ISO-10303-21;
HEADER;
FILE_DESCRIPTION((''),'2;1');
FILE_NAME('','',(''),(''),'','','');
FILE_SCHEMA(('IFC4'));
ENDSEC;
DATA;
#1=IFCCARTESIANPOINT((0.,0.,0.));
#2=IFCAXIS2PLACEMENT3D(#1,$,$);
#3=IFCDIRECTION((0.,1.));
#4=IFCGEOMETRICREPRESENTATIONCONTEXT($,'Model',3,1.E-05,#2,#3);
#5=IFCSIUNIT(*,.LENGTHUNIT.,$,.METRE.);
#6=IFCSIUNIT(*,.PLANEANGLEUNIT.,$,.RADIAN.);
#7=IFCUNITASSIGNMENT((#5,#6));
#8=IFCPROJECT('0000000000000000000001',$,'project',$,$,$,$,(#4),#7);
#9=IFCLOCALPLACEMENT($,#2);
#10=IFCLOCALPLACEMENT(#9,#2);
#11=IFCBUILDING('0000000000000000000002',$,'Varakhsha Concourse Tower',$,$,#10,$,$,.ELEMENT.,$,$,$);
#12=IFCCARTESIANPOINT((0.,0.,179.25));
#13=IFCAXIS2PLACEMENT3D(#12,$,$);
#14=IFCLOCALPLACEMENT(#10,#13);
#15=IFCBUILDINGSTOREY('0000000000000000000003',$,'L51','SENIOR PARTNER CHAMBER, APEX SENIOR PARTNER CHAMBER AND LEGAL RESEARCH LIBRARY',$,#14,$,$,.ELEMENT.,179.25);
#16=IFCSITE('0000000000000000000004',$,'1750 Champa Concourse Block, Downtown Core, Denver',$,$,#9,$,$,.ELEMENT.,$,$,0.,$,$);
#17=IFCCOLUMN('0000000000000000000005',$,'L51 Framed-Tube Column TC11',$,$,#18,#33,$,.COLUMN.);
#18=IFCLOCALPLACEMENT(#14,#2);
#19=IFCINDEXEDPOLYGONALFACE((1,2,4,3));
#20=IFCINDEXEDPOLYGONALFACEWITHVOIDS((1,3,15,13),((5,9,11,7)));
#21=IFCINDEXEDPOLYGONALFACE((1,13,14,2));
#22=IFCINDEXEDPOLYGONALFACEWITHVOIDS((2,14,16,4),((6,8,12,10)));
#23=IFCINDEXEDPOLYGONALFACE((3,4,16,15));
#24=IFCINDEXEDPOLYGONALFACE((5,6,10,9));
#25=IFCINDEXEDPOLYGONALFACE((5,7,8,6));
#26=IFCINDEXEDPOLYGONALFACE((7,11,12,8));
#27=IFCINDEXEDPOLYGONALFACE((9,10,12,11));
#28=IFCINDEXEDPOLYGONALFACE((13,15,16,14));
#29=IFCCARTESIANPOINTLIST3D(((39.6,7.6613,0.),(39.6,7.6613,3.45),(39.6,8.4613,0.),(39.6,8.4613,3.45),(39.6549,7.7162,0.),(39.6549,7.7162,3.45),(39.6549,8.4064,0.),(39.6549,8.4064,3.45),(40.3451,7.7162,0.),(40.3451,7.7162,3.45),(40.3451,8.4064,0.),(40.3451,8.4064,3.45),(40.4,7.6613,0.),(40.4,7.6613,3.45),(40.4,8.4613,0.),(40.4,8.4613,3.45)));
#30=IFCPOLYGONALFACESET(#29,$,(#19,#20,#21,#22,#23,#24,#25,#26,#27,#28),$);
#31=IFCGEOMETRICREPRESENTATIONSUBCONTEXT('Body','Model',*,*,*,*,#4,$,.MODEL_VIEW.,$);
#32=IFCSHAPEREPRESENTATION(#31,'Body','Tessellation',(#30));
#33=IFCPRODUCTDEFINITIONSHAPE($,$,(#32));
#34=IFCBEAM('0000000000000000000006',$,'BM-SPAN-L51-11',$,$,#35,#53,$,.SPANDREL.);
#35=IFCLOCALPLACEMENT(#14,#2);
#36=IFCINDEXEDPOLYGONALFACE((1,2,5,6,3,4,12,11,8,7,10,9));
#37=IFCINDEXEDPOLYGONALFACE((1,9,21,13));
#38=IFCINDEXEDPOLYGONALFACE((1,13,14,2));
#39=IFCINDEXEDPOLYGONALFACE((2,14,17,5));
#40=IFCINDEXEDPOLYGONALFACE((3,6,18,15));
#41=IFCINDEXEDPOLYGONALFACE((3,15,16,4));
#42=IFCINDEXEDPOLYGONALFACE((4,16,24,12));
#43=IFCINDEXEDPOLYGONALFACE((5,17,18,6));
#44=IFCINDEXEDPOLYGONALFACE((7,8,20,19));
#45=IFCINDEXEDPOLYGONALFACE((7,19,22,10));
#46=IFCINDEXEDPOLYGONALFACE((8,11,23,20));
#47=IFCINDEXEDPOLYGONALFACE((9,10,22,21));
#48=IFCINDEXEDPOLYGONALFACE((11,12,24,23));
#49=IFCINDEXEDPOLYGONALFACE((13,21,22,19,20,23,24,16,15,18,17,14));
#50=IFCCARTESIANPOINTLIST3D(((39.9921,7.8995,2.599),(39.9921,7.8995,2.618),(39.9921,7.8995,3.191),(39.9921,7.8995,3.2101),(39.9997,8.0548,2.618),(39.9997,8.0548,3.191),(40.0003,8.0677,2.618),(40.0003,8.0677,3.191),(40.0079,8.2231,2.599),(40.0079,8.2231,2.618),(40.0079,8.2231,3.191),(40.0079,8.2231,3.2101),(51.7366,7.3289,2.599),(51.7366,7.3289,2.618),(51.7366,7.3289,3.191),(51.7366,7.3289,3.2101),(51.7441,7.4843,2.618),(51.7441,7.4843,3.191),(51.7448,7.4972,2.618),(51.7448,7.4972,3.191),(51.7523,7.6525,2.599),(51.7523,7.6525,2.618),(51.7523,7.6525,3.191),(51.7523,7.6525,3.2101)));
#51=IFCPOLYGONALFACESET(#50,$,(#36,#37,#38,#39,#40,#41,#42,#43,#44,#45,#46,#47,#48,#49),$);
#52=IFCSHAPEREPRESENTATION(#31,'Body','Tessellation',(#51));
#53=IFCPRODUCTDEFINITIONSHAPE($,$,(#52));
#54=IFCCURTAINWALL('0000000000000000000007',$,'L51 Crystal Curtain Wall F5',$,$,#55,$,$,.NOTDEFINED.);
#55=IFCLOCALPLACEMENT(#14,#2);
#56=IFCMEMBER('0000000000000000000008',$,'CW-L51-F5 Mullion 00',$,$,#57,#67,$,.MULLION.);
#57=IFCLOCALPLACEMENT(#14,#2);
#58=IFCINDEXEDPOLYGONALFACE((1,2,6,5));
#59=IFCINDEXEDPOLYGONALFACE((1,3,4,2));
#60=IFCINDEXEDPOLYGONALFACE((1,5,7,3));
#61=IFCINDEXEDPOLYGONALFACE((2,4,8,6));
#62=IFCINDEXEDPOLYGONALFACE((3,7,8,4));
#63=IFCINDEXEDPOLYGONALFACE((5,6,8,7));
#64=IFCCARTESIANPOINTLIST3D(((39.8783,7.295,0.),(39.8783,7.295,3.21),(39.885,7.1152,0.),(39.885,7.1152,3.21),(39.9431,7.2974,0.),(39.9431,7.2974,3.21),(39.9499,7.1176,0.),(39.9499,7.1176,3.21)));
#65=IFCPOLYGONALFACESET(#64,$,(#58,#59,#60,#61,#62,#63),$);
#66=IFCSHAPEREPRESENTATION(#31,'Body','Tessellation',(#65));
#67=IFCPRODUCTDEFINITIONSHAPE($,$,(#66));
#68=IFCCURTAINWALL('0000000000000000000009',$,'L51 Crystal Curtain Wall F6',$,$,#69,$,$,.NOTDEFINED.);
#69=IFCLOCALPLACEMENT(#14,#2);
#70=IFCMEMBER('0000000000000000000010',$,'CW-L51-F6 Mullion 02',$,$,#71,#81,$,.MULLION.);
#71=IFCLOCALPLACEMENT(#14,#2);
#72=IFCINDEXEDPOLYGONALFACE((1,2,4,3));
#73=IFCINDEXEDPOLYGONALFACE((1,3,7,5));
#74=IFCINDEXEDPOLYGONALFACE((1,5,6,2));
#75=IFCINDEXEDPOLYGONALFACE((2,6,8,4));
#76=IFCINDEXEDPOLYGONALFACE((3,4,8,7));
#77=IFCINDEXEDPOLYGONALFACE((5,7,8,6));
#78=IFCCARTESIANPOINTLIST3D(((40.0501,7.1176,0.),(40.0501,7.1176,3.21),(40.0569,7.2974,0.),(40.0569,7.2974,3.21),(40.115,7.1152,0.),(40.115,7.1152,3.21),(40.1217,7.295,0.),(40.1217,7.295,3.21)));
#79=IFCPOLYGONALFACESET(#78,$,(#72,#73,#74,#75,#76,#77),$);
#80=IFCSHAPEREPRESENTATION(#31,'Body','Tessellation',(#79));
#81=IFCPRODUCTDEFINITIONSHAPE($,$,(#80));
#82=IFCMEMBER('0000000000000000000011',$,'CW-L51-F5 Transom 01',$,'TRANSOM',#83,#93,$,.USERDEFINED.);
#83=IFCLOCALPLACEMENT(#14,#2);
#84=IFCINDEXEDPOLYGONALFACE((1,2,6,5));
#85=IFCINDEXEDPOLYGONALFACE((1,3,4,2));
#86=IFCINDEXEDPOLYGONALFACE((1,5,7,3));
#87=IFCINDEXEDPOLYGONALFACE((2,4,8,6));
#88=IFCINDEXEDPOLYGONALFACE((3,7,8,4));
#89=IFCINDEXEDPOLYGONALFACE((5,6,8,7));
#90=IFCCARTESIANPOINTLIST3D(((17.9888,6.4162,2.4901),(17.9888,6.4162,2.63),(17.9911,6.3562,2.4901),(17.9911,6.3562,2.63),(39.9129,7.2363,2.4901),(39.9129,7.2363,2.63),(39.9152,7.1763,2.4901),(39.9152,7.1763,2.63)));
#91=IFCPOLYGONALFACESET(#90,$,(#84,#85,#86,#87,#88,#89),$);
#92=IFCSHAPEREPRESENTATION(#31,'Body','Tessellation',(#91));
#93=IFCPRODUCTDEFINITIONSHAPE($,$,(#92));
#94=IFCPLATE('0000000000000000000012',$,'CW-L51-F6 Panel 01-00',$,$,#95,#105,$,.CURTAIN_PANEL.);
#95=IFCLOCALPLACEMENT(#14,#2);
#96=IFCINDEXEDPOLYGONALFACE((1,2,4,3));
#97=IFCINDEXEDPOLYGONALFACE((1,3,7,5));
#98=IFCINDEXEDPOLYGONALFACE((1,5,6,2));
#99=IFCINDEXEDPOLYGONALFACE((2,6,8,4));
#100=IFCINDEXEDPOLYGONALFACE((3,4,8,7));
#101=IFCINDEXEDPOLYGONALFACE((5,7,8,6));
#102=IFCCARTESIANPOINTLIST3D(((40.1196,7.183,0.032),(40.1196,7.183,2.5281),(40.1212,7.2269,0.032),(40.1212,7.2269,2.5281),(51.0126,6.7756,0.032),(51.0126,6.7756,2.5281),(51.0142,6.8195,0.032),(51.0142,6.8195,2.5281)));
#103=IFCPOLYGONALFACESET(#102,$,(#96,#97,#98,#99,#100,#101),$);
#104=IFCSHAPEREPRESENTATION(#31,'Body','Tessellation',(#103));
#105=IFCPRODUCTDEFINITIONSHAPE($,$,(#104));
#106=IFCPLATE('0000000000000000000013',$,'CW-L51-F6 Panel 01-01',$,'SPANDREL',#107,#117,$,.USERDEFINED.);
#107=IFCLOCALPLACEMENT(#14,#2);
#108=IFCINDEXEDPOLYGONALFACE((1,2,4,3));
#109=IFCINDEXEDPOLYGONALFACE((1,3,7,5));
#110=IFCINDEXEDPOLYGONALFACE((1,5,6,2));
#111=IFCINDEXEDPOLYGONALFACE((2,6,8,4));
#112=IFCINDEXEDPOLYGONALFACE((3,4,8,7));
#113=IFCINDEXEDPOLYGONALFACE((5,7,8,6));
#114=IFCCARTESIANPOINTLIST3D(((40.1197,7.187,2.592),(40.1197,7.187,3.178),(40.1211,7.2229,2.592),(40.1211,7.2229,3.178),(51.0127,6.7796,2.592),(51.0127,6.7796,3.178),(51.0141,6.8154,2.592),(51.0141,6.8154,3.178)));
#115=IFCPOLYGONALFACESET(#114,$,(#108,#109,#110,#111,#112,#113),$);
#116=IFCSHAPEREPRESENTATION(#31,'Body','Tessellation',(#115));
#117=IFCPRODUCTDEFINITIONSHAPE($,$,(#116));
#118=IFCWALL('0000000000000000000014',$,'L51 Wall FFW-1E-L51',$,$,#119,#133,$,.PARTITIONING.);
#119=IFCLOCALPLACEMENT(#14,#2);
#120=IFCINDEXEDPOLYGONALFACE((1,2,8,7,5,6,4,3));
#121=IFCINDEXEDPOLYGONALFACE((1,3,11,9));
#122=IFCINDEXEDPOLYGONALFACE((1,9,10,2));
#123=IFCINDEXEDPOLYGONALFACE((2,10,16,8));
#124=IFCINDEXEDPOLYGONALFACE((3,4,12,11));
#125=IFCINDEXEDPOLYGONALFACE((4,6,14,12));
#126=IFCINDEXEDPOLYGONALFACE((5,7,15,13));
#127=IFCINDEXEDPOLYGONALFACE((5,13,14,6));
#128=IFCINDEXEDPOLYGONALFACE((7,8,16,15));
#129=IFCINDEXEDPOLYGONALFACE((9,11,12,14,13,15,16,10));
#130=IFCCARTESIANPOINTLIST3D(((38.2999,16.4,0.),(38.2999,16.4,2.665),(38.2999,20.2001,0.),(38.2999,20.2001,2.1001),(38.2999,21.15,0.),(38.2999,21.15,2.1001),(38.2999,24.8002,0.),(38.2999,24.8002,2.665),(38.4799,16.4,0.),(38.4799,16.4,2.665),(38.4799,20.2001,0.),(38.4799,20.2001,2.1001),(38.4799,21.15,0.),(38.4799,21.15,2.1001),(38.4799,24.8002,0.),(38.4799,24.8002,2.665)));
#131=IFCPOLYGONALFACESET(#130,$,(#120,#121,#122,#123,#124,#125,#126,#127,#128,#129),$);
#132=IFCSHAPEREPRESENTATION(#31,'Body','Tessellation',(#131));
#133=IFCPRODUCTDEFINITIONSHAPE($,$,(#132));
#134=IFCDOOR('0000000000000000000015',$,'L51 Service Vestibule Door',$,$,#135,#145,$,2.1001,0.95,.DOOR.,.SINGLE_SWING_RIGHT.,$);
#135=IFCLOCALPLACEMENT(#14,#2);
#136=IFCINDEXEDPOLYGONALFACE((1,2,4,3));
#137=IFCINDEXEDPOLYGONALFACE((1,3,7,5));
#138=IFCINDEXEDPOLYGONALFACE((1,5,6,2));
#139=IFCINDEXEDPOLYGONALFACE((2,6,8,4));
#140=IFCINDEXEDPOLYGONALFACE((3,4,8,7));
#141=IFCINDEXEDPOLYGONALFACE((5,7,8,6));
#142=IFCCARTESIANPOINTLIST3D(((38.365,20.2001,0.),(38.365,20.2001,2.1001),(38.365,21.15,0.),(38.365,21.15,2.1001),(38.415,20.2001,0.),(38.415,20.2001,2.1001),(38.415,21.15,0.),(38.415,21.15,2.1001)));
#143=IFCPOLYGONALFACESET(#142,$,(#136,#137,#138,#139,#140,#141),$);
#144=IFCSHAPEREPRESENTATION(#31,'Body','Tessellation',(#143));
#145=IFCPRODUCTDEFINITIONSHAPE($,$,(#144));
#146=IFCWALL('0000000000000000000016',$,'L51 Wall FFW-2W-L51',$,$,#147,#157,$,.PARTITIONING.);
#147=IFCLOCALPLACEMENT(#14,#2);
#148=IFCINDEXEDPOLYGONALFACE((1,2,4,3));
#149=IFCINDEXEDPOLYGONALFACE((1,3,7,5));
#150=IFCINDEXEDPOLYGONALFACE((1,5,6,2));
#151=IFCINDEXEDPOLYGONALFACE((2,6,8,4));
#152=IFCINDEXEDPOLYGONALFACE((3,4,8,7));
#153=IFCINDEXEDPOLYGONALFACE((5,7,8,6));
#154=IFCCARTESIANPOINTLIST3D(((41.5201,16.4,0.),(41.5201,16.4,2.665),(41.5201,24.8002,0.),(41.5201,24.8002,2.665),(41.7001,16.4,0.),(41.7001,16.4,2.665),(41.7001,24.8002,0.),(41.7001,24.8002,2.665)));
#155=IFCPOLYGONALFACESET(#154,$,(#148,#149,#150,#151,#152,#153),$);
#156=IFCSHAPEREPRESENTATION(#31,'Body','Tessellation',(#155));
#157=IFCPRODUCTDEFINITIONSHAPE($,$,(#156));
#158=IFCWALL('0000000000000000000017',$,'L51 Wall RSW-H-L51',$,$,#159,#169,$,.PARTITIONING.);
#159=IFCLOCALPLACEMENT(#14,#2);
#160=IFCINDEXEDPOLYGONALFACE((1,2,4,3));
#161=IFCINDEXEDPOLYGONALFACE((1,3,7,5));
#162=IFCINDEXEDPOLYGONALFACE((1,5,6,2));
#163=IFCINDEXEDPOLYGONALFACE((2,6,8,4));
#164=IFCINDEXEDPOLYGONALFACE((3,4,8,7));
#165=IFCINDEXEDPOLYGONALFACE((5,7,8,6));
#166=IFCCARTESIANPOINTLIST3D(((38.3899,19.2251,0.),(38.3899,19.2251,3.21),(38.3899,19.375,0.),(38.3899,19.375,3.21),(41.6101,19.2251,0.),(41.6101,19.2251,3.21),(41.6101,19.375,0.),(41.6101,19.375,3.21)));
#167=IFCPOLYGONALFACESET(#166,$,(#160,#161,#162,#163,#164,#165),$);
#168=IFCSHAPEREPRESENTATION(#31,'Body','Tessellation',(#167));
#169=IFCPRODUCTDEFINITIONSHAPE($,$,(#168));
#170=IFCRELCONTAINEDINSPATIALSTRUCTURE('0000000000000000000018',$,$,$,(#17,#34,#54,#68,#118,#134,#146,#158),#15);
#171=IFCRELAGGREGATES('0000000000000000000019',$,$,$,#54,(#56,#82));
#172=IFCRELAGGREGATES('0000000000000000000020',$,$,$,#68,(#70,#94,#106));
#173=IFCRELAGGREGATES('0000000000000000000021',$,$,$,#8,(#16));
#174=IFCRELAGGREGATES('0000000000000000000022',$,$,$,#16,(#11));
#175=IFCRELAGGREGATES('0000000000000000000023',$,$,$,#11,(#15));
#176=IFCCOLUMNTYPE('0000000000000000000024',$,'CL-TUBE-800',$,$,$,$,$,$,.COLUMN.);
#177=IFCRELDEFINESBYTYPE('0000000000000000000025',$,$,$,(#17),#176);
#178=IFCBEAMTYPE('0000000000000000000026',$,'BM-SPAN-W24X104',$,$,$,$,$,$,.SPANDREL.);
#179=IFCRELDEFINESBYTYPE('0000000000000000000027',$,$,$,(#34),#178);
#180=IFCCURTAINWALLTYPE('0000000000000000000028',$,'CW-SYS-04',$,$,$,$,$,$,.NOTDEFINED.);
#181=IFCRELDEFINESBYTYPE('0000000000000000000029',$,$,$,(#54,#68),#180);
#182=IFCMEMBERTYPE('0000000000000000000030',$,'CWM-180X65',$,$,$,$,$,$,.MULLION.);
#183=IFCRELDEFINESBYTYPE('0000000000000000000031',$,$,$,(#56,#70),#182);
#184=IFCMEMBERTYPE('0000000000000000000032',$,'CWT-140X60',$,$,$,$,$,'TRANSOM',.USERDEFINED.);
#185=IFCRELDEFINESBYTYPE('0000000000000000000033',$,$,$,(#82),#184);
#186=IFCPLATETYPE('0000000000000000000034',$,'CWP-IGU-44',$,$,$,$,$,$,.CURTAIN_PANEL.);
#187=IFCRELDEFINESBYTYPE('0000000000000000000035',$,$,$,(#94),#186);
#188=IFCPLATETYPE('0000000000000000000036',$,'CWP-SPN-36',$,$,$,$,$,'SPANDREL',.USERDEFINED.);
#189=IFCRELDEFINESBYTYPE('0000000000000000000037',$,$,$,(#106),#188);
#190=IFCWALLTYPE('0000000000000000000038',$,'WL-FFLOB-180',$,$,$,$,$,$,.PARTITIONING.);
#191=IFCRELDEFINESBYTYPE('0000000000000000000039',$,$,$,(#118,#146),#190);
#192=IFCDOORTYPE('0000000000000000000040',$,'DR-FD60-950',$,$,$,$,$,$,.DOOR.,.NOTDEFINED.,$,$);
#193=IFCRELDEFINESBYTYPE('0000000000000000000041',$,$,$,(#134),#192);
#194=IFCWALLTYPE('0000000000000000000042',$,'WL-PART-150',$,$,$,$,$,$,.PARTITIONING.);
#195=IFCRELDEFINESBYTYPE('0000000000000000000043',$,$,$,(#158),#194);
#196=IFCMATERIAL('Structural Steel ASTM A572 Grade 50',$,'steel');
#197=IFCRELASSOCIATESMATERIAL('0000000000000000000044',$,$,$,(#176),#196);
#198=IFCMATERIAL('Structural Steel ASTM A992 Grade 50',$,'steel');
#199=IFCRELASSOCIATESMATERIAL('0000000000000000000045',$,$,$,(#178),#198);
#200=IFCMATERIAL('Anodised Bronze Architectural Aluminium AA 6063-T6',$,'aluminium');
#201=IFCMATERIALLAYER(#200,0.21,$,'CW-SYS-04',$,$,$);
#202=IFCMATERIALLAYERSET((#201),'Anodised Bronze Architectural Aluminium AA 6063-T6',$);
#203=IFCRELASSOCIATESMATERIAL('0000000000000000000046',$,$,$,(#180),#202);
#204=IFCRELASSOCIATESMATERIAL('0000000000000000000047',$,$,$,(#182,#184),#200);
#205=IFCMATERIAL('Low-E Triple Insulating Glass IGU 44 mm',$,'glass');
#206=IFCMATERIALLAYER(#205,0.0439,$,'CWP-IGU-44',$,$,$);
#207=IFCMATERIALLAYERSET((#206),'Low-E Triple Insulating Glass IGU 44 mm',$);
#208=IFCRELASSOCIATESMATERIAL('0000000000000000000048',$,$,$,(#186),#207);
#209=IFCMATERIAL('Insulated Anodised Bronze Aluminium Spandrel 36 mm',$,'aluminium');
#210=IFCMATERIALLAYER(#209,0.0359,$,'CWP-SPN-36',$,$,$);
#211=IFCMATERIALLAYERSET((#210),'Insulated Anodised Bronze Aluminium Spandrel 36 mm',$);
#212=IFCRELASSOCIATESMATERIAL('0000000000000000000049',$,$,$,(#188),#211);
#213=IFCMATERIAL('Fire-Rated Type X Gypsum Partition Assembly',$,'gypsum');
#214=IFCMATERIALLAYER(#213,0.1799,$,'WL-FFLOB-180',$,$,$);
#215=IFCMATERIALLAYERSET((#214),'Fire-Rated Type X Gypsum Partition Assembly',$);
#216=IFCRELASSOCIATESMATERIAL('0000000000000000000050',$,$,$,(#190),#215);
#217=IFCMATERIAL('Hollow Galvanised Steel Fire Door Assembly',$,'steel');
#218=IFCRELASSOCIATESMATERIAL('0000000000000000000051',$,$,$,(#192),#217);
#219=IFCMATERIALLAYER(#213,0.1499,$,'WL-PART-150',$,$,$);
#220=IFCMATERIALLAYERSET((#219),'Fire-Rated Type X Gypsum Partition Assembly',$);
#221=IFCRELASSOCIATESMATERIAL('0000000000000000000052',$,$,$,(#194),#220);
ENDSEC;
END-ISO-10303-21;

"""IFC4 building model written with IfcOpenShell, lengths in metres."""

from ifc_helpers import new_model, si_unit, direction, frame, frame_2d, origin, origin_2d, place, context, subcontext, project, spatial, rectangle, hollow_rectangle, i_section, extrude, source, transform, mapped, material, layer, layer_set, material_profile, profile_set, type_object, type_shapes, element, fill, aggregate, save


model = new_model("IFC4")

# Units and contexts
model_context = context("Model", 3, precision=1e-05, world=origin(), true_north=direction((0.0, 1.0)))
body_context = subcontext(model_context, "Body", "Model", "MODEL_VIEW")
ifc_project = project(units=[si_unit("LENGTHUNIT", "METRE"), si_unit("PLANEANGLEUNIT", "RADIAN")], contexts=[model_context])

# Site, building, storey
site_placement = place(None, origin())
site = spatial("IfcSite", under=ifc_project, at=site_placement, Name="1750 Champa Concourse Block, Downtown Core, Denver", CompositionType="ELEMENT", RefElevation=0.0)
building_placement = place(site_placement, origin())
building = spatial("IfcBuilding", under=site, at=building_placement, Name="Varakhsha Concourse Tower", CompositionType="ELEMENT")
storey_placement = place(building_placement, frame((0.0, 0.0, 179.25)))
storey = spatial("IfcBuildingStorey", under=building, at=storey_placement, Name="L51", Description="SENIOR PARTNER CHAMBER, APEX SENIOR PARTNER CHAMBER AND LEGAL RESEARCH LIBRARY", CompositionType="ELEMENT", Elevation=179.25)

# Column
ifc_material_1 = material(Name="Structural Steel ASTM A572 Grade 50", Category="steel")
ifc_material_profile_1 = material_profile(ifc_material_1, hollow_rectangle(XDim=0.8, YDim=0.8, WallThickness=0.0549, at=origin_2d()), Name="BOX 800x800x55")
ifc_profile_set_1 = profile_set([ifc_material_profile_1], Name="Structural Steel ASTM A572 Grade 50")
column_type = type_object("IfcColumnType", Name="CL-TUBE-800", PredefinedType="COLUMN", material=ifc_profile_set_1)
column_placement = place(storey_placement, frame((40.0, 8.0613, 0.0), z_axis=(0.0, 0.0, 1.0), x_axis=(1.0, 0.0, 0.0)))
element("IfcColumn", 1, at=column_placement, inside=storey, type_object=column_type, Name="L51 Framed-Tube Column TC11", PredefinedType="COLUMN", context=body_context, shape_type="SweptSolid", body=[
    extrude(hollow_rectangle(XDim=0.8, YDim=0.8, WallThickness=0.0549, at=origin_2d()), origin(), (0.0, 0.0, 1.0), 3.45),
])

# Beam
ifc_material_2 = material(Name="Structural Steel ASTM A992 Grade 50", Category="steel")
ifc_material_profile_2 = material_profile(ifc_material_2, i_section(OverallWidth=0.324, OverallDepth=0.6111, WebThickness=0.0129, FlangeThickness=0.019, at=origin_2d()), Name="W24X104")
ifc_profile_set_2 = profile_set([ifc_material_profile_2], Name="Structural Steel ASTM A992 Grade 50")
beam_type = type_object("IfcBeamType", Name="BM-SPAN-W24X104", PredefinedType="SPANDREL", material=ifc_profile_set_2)
beam_placement = place(storey_placement, frame((40.0, 8.0613, 2.9045), z_axis=(0.998822, -0.048524, 0.0), x_axis=(0.048524, 0.998822, 0.0)))
element("IfcBeam", 2, at=beam_placement, inside=storey, type_object=beam_type, Name="BM-SPAN-L51-11", PredefinedType="SPANDREL", context=body_context, shape_type="SweptSolid", body=[
    extrude(i_section(OverallWidth=0.324, OverallDepth=0.6111, WebThickness=0.0129, FlangeThickness=0.019, at=origin_2d()), origin(), (0.0, 0.0, 1.0), 11.7583),
])

# Curtain walls, members
ifc_material_3 = material(Name="Anodised Bronze Architectural Aluminium AA 6063-T6", Category="aluminium")
ifc_layer_1 = layer(ifc_material_3, 0.21, Name="CW-SYS-04")
ifc_layer_set_1 = layer_set([ifc_layer_1], Name="Anodised Bronze Architectural Aluminium AA 6063-T6")
curtain_wall_type = type_object("IfcCurtainWallType", Name="CW-SYS-04", PredefinedType="NOTDEFINED", material=ifc_layer_set_1)
curtain_wall_1_placement = place(storey_placement, origin())
curtain_wall_1 = element("IfcCurtainWall", 3, at=curtain_wall_1_placement, inside=storey, type_object=curtain_wall_type, Name="L51 Crystal Curtain Wall F5", PredefinedType="NOTDEFINED")
ifc_material_profile_3 = material_profile(ifc_material_3, rectangle(XDim=0.0649, YDim=0.1799, at=origin_2d()), Name="CWM-180X65")
ifc_profile_set_3 = profile_set([ifc_material_profile_3], Name="Anodised Bronze Architectural Aluminium AA 6063-T6")
member_type_1 = type_object("IfcMemberType", Name="CWM-180X65", PredefinedType="MULLION", material=ifc_profile_set_3)
shared_shape_1 = source(origin(), body_context, "Body", "SweptSolid", [
    extrude(rectangle(XDim=0.0649, YDim=0.1799, at=origin_2d()), origin(), (0.0, 0.0, 1.0), 3.21),
])
type_shapes(member_type_1, [shared_shape_1])
member_1_placement = place(storey_placement, frame((39.9141, 7.2063, 0.0), z_axis=(0.0, 0.0, 1.0), x_axis=(-0.999301, -0.037376, 0.0)))
member_1 = element("IfcMember", 4, at=member_1_placement, type_object=member_type_1, Name="CW-L51-F5 Mullion 00", PredefinedType="MULLION", context=body_context, shape_type="MappedRepresentation", body=[
    mapped(shared_shape_1, transform((0.0, 0.0, 0.0), scale=1.0)),
])
curtain_wall_2_placement = place(storey_placement, origin())
curtain_wall_2 = element("IfcCurtainWall", 5, at=curtain_wall_2_placement, inside=storey, type_object=curtain_wall_type, Name="L51 Crystal Curtain Wall F6", PredefinedType="NOTDEFINED")
member_2_placement = place(storey_placement, frame((40.0859, 7.2063, 0.0), z_axis=(0.0, 0.0, 1.0), x_axis=(-0.999301, 0.037376, 0.0)))
member_2 = element("IfcMember", 6, at=member_2_placement, type_object=member_type_1, Name="CW-L51-F6 Mullion 02", PredefinedType="MULLION", context=body_context, shape_type="MappedRepresentation", body=[
    mapped(shared_shape_1, transform((0.0, 0.0, 0.0), scale=1.0)),
])

# Member
ifc_material_profile_4 = material_profile(ifc_material_3, rectangle(XDim=0.0601, YDim=0.1399, at=origin_2d()), Name="CWT-140X60")
ifc_profile_set_4 = profile_set([ifc_material_profile_4], Name="Anodised Bronze Architectural Aluminium AA 6063-T6")
member_type_2 = type_object("IfcMemberType", Name="CWT-140X60", ElementType="TRANSOM", PredefinedType="USERDEFINED", material=ifc_profile_set_4)
shared_shape_2 = source(origin(), body_context, "Body", "SweptSolid", [
    extrude(rectangle(XDim=0.0601, YDim=0.1399, at=origin_2d()), origin(), (0.0, 0.0, 1.0), 21.9395),
])
type_shapes(member_type_2, [shared_shape_2])
member_3_placement = place(storey_placement, frame((39.9141, 7.2063, 2.5601), z_axis=(-0.999301, -0.037379, 0.0), x_axis=(0.037379, -0.999301, 0.0)))
member_3 = element("IfcMember", 7, at=member_3_placement, type_object=member_type_2, Name="CW-L51-F5 Transom 01", ObjectType="TRANSOM", PredefinedType="USERDEFINED", context=body_context, shape_type="MappedRepresentation", body=[
    mapped(shared_shape_2, transform((0.0, 0.0, 0.0), scale=1.0)),
])
aggregate(curtain_wall_1, [member_1, member_3])

# Plates
ifc_material_4 = material(Name="Low-E Triple Insulating Glass IGU 44 mm", Category="glass")
ifc_layer_2 = layer(ifc_material_4, 0.0439, Name="CWP-IGU-44")
ifc_layer_set_2 = layer_set([ifc_layer_2], Name="Low-E Triple Insulating Glass IGU 44 mm")
plate_type_1 = type_object("IfcPlateType", Name="CWP-IGU-44", PredefinedType="CURTAIN_PANEL", material=ifc_layer_set_2)
shared_shape_3 = source(origin(), body_context, "Body", "SweptSolid", [
    extrude(rectangle(XDim=10.9006, YDim=0.0439, at=origin_2d()), origin(), (0.0, 0.0, 1.0), 2.4961),
])
type_shapes(plate_type_1, [shared_shape_3])
plate_1_placement = place(storey_placement, frame((45.5669, 7.0012, 0.032), z_axis=(0.0, 0.0, 1.0), x_axis=(-0.999301, 0.037376, 0.0)))
plate_1 = element("IfcPlate", 8, at=plate_1_placement, type_object=plate_type_1, Name="CW-L51-F6 Panel 01-00", PredefinedType="CURTAIN_PANEL", context=body_context, shape_type="MappedRepresentation", body=[
    mapped(shared_shape_3, transform((0.0, 0.0, 0.0), scale=1.0)),
])
ifc_material_5 = material(Name="Insulated Anodised Bronze Aluminium Spandrel 36 mm", Category="aluminium")
ifc_layer_3 = layer(ifc_material_5, 0.0359, Name="CWP-SPN-36")
ifc_layer_set_3 = layer_set([ifc_layer_3], Name="Insulated Anodised Bronze Aluminium Spandrel 36 mm")
plate_type_2 = type_object("IfcPlateType", Name="CWP-SPN-36", ElementType="SPANDREL", PredefinedType="USERDEFINED", material=ifc_layer_set_3)
shared_shape_4 = source(origin(), body_context, "Body", "SweptSolid", [
    extrude(rectangle(XDim=10.9006, YDim=0.0359, at=origin_2d()), origin(), (0.0, 0.0, 1.0), 0.5859),
])
type_shapes(plate_type_2, [shared_shape_4])
plate_2_placement = place(storey_placement, frame((45.5669, 7.0012, 2.592), z_axis=(0.0, 0.0, 1.0), x_axis=(-0.999301, 0.037376, 0.0)))
plate_2 = element("IfcPlate", 9, at=plate_2_placement, type_object=plate_type_2, Name="CW-L51-F6 Panel 01-01", ObjectType="SPANDREL", PredefinedType="USERDEFINED", context=body_context, shape_type="MappedRepresentation", body=[
    mapped(shared_shape_4, transform((0.0, 0.0, 0.0), scale=1.0)),
])
aggregate(curtain_wall_2, [member_2, plate_1, plate_2])

# Wall, opening, door
ifc_material_6 = material(Name="Fire-Rated Type X Gypsum Partition Assembly", Category="gypsum")
ifc_layer_4 = layer(ifc_material_6, 0.1799, Name="WL-FFLOB-180")
ifc_layer_set_4 = layer_set([ifc_layer_4], Name="Fire-Rated Type X Gypsum Partition Assembly")
wall_type_1 = type_object("IfcWallType", Name="WL-FFLOB-180", PredefinedType="PARTITIONING", material=ifc_layer_set_4)
wall_1_placement = place(storey_placement, frame((38.3899, 16.3999, 0.0), z_axis=(0.0, 0.0, 1.0), x_axis=(0.0, 1.0, 0.0)))
wall_1 = element("IfcWall", 10, at=wall_1_placement, inside=storey, type_object=wall_type_1, Name="L51 Wall FFW-1E-L51", PredefinedType="PARTITIONING", context=body_context, shape_type="SweptSolid", body=[
    extrude(rectangle(XDim=8.4001, YDim=0.1799, at=frame_2d((4.2002, 0.0))), origin(), (0.0, 0.0, 1.0), 2.665),
])
opening_1_placement = place(wall_1_placement, frame((3.8, 0.0, 0.0)))
opening_1 = element("IfcOpeningElement", 11, at=opening_1_placement, cuts=wall_1, PredefinedType="OPENING", context=body_context, shape_type="SweptSolid", body=[
    extrude(rectangle(XDim=0.95, YDim=2.1001, at=frame_2d((0.4751, 1.05))), frame((0.0, 0.0999, 0.0), z_axis=(0.0, -1.0, 0.0), x_axis=(1.0, 0.0, 0.0)), (0.0, 0.0, 1.0), 0.2),
])
ifc_material_7 = material(Name="Hollow Galvanised Steel Fire Door Assembly", Category="steel")
door_type_1 = type_object("IfcDoorType", Name="DR-FD60-950", OperationType="NOTDEFINED", PredefinedType="DOOR", material=ifc_material_7)
door_1_placement = place(opening_1_placement, origin())
door_1 = element("IfcDoor", 12, at=door_1_placement, inside=storey, type_object=door_type_1, Name="L51 Service Vestibule Door", OperationType="SINGLE_SWING_RIGHT", OverallHeight=2.1001, OverallWidth=0.95, PredefinedType="DOOR", context=body_context, shape_type="SweptSolid", body=[
    extrude(rectangle(XDim=0.95, YDim=2.1001, at=frame_2d((0.4751, 1.05))), frame((0.0, 0.0249, 0.0), z_axis=(0.0, -1.0, 0.0), x_axis=(1.0, 0.0, 0.0)), (0.0, 0.0, 1.0), 0.05),
])
fill(opening_1, door_1)

# Walls
wall_2_placement = place(storey_placement, frame((41.6101, 16.3999, 0.0), z_axis=(0.0, 0.0, 1.0), x_axis=(0.0, 1.0, 0.0)))
element("IfcWall", 13, at=wall_2_placement, inside=storey, type_object=wall_type_1, Name="L51 Wall FFW-2W-L51", PredefinedType="PARTITIONING", context=body_context, shape_type="SweptSolid", body=[
    extrude(rectangle(XDim=8.4001, YDim=0.1799, at=frame_2d((4.2002, 0.0))), origin(), (0.0, 0.0, 1.0), 2.665),
])
ifc_layer_5 = layer(ifc_material_6, 0.1499, Name="WL-PART-150")
ifc_layer_set_5 = layer_set([ifc_layer_5], Name="Fire-Rated Type X Gypsum Partition Assembly")
wall_type_2 = type_object("IfcWallType", Name="WL-PART-150", PredefinedType="PARTITIONING", material=ifc_layer_set_5)
wall_3_placement = place(storey_placement, frame((38.3899, 19.3, 0.0), z_axis=(0.0, 0.0, 1.0), x_axis=(1.0, 0.0, 0.0)))
element("IfcWall", 14, at=wall_3_placement, inside=storey, type_object=wall_type_2, Name="L51 Wall RSW-H-L51", PredefinedType="PARTITIONING", context=body_context, shape_type="SweptSolid", body=[
    extrude(rectangle(XDim=3.2202, YDim=0.1499, at=frame_2d((1.6101, 0.0))), origin(), (0.0, 0.0, 1.0), 3.21),
])

save(model, "model.ifc")
